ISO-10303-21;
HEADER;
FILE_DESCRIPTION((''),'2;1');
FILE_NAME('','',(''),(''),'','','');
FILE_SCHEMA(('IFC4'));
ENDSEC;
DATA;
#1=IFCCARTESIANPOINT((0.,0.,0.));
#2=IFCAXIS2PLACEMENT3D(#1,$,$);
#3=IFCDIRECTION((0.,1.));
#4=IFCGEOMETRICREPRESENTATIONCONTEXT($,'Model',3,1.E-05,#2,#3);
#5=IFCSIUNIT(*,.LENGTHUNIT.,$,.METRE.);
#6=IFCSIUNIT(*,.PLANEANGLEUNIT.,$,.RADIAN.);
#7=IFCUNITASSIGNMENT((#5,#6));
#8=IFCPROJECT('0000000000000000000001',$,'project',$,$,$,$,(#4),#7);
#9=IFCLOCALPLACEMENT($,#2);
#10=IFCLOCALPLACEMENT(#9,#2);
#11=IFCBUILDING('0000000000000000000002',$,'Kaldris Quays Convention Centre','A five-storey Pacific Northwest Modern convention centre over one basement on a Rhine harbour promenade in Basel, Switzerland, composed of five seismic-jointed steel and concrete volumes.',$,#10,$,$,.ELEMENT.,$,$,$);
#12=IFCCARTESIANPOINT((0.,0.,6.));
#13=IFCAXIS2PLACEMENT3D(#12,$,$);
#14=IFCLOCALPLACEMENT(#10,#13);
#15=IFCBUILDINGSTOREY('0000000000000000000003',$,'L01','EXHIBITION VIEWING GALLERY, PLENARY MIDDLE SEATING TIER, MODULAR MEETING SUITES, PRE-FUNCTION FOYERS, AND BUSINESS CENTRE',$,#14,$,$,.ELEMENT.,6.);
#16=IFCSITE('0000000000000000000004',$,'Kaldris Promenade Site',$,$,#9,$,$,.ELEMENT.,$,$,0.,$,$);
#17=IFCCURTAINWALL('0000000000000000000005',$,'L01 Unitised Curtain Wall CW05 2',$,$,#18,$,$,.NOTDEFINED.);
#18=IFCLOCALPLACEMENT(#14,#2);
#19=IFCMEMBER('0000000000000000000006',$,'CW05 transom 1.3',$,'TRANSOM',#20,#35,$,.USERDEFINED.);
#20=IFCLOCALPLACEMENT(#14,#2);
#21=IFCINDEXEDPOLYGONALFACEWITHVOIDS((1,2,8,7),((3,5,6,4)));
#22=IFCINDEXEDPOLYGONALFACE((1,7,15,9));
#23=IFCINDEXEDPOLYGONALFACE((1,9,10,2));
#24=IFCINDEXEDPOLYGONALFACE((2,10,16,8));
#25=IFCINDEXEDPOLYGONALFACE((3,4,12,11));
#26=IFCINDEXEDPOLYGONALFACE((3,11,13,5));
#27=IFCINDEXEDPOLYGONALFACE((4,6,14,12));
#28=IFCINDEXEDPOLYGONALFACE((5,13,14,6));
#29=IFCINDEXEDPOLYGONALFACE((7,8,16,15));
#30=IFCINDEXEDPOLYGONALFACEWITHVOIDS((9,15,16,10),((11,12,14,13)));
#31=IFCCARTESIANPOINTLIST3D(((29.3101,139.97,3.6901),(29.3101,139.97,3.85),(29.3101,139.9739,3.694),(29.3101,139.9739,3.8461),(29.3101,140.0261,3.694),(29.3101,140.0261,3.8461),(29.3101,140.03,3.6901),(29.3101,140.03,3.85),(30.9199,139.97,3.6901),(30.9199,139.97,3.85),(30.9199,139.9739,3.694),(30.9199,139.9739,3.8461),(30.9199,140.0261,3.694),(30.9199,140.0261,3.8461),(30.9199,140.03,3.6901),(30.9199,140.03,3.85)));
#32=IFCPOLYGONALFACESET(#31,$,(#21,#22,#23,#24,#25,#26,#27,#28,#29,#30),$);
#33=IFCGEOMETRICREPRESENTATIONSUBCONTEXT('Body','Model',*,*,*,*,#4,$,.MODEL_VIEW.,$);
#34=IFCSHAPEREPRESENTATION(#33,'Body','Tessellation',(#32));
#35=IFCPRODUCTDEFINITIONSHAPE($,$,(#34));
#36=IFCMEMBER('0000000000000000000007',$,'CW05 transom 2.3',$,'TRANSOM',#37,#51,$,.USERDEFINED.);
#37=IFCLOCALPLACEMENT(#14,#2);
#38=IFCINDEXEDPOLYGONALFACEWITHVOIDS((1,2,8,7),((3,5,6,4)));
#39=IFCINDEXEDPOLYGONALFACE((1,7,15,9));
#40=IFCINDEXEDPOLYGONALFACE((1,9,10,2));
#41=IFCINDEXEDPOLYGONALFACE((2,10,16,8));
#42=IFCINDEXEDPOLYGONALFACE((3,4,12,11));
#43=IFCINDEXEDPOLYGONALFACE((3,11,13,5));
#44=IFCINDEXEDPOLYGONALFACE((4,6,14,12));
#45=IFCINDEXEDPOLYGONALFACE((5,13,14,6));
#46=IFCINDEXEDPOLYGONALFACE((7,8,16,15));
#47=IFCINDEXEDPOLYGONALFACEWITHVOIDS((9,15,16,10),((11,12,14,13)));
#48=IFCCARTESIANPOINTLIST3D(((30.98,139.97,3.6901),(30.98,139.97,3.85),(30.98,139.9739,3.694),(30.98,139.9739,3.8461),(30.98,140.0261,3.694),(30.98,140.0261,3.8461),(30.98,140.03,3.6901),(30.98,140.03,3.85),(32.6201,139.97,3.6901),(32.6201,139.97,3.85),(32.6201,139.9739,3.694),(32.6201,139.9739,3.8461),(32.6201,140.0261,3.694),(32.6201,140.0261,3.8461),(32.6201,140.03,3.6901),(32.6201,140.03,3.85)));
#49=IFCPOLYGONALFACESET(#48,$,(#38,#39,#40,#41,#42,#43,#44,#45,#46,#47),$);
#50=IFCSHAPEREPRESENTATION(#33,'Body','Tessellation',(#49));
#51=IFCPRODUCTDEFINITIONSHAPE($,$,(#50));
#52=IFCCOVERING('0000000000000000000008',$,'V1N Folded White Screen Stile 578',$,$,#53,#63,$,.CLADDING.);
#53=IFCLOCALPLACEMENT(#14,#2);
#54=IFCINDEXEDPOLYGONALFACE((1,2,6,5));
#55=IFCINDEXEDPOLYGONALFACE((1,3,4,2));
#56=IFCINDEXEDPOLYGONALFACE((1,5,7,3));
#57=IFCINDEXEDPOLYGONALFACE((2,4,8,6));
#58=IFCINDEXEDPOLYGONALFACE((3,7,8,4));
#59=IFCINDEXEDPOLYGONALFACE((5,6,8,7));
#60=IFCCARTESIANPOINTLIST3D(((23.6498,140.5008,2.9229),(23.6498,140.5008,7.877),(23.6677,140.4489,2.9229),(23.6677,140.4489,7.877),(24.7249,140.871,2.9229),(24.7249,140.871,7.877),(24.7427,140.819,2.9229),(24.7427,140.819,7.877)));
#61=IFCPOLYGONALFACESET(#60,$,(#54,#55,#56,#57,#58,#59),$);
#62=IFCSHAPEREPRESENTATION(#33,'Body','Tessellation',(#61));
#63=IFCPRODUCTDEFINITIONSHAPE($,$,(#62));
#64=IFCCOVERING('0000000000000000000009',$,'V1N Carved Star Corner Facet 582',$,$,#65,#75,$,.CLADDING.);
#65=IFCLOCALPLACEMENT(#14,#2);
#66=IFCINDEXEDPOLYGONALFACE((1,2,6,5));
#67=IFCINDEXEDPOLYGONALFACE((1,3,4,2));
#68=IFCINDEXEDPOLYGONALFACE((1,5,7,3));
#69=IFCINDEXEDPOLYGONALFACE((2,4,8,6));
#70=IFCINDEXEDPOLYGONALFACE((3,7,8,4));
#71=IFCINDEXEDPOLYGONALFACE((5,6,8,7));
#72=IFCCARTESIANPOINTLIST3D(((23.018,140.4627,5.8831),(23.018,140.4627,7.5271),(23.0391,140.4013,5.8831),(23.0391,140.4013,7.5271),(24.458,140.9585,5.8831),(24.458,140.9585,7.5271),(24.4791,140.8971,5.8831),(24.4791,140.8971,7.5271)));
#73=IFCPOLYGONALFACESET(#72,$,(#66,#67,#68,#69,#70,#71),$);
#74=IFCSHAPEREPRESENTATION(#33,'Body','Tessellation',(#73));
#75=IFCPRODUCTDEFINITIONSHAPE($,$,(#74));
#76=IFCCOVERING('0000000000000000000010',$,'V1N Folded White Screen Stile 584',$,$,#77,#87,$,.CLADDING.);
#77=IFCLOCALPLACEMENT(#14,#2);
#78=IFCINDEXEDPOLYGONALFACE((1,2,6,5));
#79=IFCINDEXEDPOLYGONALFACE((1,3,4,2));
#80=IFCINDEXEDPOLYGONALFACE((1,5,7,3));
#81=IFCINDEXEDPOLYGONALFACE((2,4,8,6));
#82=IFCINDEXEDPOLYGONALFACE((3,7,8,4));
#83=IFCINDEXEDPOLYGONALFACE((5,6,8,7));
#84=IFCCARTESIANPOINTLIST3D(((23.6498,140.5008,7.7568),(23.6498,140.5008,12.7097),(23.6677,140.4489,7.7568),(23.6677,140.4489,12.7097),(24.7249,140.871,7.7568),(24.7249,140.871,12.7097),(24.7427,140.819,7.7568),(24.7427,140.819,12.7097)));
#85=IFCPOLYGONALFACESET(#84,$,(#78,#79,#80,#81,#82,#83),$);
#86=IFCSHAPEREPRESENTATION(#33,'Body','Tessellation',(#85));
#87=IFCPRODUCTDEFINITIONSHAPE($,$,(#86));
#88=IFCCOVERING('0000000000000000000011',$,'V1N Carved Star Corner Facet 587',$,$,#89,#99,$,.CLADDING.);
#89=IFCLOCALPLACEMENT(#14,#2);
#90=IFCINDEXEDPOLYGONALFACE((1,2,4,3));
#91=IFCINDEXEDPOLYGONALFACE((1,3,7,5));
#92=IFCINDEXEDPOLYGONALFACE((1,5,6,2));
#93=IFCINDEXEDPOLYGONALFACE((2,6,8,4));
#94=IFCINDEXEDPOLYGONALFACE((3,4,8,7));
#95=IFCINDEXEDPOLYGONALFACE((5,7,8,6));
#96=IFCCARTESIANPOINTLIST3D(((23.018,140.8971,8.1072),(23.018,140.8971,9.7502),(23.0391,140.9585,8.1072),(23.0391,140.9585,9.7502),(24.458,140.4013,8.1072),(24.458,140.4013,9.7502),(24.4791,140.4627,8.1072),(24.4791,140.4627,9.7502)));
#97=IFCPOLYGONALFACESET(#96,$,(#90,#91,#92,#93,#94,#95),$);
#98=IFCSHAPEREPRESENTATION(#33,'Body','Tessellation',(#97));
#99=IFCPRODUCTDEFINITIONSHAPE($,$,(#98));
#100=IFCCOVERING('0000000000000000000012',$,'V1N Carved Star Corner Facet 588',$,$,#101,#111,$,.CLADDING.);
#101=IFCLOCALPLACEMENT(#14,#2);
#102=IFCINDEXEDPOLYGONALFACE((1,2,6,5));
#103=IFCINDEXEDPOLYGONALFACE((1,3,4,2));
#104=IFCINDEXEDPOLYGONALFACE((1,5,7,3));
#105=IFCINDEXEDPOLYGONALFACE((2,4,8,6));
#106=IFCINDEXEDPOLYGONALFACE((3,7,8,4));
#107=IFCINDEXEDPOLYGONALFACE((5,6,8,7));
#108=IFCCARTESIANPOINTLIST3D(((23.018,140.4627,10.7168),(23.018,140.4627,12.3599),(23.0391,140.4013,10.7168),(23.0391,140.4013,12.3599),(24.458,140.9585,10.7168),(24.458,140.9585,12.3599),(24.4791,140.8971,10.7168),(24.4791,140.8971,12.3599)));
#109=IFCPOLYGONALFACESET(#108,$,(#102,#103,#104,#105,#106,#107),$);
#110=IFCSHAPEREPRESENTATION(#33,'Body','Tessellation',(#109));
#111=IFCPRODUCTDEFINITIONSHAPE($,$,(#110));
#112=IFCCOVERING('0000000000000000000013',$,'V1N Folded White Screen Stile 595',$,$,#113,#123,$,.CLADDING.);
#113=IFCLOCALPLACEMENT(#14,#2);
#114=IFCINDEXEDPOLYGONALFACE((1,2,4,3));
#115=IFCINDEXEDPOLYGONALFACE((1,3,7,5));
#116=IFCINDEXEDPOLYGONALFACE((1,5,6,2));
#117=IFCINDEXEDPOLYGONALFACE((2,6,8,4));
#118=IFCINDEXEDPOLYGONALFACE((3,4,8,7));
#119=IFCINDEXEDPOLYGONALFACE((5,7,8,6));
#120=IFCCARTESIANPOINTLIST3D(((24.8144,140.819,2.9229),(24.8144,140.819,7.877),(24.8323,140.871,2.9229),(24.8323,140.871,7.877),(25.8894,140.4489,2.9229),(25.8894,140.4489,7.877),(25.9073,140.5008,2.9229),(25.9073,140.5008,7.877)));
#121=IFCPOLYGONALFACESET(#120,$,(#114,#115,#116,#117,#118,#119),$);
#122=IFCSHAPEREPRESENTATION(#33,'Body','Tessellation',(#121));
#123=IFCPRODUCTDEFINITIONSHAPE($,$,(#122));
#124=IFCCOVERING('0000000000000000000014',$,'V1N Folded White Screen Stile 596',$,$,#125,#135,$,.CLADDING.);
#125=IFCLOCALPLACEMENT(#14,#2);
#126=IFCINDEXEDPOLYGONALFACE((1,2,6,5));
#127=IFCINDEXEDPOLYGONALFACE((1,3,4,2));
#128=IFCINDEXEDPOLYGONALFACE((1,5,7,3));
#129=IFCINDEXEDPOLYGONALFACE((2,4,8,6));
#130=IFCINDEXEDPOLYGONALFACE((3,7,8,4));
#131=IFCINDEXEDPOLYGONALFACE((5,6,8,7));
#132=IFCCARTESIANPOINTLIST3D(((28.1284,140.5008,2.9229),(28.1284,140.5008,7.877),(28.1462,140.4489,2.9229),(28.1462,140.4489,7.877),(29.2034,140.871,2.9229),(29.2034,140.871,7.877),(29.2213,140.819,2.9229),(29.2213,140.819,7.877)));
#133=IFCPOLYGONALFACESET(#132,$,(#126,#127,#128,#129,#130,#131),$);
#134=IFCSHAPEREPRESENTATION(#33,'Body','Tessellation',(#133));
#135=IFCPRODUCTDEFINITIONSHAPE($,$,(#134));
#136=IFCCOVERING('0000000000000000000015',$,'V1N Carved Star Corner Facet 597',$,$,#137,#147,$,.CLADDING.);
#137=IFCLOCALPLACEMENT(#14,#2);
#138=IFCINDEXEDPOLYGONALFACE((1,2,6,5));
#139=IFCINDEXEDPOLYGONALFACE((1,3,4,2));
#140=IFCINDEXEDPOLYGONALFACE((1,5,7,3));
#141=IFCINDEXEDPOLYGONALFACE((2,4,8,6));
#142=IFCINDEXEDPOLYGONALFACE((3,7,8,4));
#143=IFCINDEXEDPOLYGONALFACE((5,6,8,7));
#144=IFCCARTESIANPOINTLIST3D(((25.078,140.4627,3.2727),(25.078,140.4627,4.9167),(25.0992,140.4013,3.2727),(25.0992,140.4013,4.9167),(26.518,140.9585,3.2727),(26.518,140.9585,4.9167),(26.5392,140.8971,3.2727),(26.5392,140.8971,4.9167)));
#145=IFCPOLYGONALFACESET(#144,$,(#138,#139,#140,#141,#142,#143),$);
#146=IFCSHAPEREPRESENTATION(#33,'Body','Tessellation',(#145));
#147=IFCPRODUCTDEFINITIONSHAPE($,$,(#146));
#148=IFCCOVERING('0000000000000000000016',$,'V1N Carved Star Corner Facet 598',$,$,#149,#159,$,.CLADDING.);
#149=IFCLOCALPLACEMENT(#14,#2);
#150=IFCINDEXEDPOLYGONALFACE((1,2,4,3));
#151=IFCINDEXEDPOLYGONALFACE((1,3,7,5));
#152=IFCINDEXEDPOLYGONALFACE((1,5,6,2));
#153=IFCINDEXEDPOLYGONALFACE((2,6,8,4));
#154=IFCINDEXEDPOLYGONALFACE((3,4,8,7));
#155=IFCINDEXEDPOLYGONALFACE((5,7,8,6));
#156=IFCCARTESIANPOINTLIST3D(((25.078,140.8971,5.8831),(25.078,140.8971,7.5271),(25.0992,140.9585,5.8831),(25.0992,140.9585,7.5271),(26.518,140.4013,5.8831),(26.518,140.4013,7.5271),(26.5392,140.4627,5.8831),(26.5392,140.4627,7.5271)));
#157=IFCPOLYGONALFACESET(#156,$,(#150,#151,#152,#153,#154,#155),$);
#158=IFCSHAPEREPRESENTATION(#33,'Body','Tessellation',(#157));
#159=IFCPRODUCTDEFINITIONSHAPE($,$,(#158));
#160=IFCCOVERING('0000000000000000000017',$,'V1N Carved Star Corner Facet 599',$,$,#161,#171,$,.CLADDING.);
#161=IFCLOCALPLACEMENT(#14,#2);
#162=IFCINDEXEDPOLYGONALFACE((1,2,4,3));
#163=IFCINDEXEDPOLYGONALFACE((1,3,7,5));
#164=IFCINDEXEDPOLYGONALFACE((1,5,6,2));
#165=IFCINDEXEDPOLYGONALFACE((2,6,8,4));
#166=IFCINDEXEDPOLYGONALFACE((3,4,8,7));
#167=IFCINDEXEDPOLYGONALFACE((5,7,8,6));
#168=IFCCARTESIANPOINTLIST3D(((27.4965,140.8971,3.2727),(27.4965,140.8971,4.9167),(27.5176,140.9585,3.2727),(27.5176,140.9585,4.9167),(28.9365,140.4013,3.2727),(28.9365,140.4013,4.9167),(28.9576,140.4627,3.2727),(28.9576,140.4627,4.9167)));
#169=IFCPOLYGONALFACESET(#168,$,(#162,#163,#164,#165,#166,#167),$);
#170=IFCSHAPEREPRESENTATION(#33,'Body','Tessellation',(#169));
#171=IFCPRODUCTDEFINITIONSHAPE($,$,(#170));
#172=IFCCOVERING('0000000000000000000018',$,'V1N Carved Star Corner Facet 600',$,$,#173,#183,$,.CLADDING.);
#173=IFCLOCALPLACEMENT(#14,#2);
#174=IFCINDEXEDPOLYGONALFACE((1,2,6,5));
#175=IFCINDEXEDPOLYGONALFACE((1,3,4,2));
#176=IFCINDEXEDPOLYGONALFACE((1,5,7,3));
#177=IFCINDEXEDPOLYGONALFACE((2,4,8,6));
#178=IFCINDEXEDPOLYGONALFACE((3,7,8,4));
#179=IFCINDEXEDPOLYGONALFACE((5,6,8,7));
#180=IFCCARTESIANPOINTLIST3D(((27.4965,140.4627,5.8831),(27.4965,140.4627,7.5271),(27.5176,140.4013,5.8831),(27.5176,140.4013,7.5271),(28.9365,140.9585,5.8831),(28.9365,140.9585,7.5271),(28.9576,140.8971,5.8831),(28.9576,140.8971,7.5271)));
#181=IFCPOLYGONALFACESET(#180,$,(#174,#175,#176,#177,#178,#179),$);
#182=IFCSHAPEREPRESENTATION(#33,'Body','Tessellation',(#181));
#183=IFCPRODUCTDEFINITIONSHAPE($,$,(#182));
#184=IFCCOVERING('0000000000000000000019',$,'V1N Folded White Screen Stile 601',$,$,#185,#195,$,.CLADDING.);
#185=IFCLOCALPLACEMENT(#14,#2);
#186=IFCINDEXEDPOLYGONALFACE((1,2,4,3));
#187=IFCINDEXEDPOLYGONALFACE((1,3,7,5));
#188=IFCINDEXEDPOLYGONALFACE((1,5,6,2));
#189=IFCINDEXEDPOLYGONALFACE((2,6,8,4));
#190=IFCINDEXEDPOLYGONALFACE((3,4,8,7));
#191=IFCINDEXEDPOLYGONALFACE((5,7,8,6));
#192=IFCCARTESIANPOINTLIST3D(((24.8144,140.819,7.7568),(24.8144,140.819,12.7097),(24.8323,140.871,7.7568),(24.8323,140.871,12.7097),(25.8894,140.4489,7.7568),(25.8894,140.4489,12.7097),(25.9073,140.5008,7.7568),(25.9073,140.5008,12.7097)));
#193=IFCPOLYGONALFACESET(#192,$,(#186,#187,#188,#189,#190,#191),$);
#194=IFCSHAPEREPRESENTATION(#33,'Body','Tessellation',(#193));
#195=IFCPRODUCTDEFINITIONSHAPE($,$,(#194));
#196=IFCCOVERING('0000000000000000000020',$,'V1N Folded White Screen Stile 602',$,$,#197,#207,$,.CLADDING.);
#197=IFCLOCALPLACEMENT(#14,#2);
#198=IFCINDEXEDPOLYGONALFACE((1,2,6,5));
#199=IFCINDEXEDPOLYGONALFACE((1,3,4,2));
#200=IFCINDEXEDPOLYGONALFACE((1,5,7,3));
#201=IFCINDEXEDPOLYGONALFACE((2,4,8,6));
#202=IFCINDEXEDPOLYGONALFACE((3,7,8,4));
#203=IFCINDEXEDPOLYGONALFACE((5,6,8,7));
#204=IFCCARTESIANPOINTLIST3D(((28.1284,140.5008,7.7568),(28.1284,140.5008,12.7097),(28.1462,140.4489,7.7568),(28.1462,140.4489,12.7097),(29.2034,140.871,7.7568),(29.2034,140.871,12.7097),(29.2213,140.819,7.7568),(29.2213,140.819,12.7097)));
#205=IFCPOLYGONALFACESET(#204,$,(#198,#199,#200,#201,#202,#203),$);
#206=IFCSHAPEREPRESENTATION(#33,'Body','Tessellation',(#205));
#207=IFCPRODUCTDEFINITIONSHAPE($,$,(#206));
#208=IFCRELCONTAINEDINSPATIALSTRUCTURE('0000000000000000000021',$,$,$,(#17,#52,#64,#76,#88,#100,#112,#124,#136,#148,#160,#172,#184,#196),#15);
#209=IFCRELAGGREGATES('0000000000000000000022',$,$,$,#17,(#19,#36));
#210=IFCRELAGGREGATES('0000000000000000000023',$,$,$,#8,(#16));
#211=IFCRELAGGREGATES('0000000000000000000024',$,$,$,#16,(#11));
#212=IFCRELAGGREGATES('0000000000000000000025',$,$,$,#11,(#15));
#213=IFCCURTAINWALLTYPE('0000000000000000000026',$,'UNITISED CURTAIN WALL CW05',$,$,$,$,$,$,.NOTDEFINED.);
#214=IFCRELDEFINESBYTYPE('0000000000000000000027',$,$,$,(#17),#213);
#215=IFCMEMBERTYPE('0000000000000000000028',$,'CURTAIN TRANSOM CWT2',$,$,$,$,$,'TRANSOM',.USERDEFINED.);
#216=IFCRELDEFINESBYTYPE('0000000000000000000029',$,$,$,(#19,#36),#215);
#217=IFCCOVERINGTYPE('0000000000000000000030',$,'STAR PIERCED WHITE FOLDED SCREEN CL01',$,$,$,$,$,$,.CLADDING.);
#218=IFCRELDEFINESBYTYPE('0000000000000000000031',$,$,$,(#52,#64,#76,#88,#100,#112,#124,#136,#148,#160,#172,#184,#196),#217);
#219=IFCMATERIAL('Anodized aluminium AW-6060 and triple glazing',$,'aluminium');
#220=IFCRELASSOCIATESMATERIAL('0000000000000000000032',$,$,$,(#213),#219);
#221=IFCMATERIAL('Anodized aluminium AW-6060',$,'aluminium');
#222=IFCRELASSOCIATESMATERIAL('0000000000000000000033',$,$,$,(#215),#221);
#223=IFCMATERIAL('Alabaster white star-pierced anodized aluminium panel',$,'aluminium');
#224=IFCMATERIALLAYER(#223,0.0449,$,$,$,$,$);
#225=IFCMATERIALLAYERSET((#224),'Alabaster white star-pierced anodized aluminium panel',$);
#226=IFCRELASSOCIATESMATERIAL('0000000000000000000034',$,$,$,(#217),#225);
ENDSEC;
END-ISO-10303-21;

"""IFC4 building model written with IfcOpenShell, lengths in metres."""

from ifc_helpers import new_model, si_unit, direction, frame, origin, origin_2d, place, context, subcontext, project, spatial, rectangle, hollow_rectangle, extrude, material, layer, layer_set, material_profile, profile_set, type_object, element, aggregate, save


model = new_model("IFC4")

# Units and contexts
model_context = context("Model", 3, precision=1e-05, world=origin(), true_north=direction((0.0, 1.0)))
body_context = subcontext(model_context, "Body", "Model", "MODEL_VIEW")
ifc_project = project(units=[si_unit("LENGTHUNIT", "METRE"), si_unit("PLANEANGLEUNIT", "RADIAN")], contexts=[model_context])

# Site, building, storey
site_placement = place(None, origin())
site = spatial("IfcSite", under=ifc_project, at=site_placement, Name="Kaldris Promenade Site", CompositionType="ELEMENT", RefElevation=0.0)
building_placement = place(site_placement, origin())
building = spatial("IfcBuilding", under=site, at=building_placement, Name="Kaldris Quays Convention Centre", Description="A five-storey Pacific Northwest Modern convention centre over one basement on a Rhine harbour promenade in Basel, Switzerland, composed of five seismic-jointed steel and concrete volumes.", CompositionType="ELEMENT")
storey_placement = place(building_placement, frame((0.0, 0.0, 6.0)))
storey = spatial("IfcBuildingStorey", under=building, at=storey_placement, Name="L01", Description="EXHIBITION VIEWING GALLERY, PLENARY MIDDLE SEATING TIER, MODULAR MEETING SUITES, PRE-FUNCTION FOYERS, AND BUSINESS CENTRE", CompositionType="ELEMENT", Elevation=6.0)

# Curtain wall, members
ifc_material_1 = material(Name="Anodized aluminium AW-6060 and triple glazing", Category="aluminium")
curtain_wall_type = type_object("IfcCurtainWallType", Name="UNITISED CURTAIN WALL CW05", PredefinedType="NOTDEFINED", material=ifc_material_1)
curtain_wall_placement = place(storey_placement, origin())
curtain_wall = element("IfcCurtainWall", 1, at=curtain_wall_placement, inside=storey, type_object=curtain_wall_type, Name="L01 Unitised Curtain Wall CW05 2", PredefinedType="NOTDEFINED")
ifc_material_2 = material(Name="Anodized aluminium AW-6060", Category="aluminium")
ifc_material_profile = material_profile(ifc_material_2, hollow_rectangle(XDim=0.0601, YDim=0.1599, WallThickness=0.0039, at=origin_2d()), Name="RHS 160x60x4")
ifc_profile_set = profile_set([ifc_material_profile], Name="Anodized aluminium AW-6060")
member_type = type_object("IfcMemberType", Name="CURTAIN TRANSOM CWT2", ElementType="TRANSOM", PredefinedType="USERDEFINED", material=ifc_profile_set)
member_1_placement = place(storey_placement, frame((29.3101, 140.0, 3.77), z_axis=(1.0, 0.0, 0.0), x_axis=(0.0, 1.0, 0.0)))
member_1 = element("IfcMember", 2, at=member_1_placement, type_object=member_type, Name="CW05 transom 1.3", ObjectType="TRANSOM", PredefinedType="USERDEFINED", context=body_context, shape_type="SweptSolid", body=[
    extrude(hollow_rectangle(XDim=0.0601, YDim=0.1599, WallThickness=0.0039, at=origin_2d()), origin(), (0.0, 0.0, 1.0), 1.6099),
])
member_2_placement = place(storey_placement, frame((30.98, 140.0, 3.77), z_axis=(1.0, 0.0, 0.0), x_axis=(0.0, 1.0, 0.0)))
member_2 = element("IfcMember", 3, at=member_2_placement, type_object=member_type, Name="CW05 transom 2.3", ObjectType="TRANSOM", PredefinedType="USERDEFINED", context=body_context, shape_type="SweptSolid", body=[
    extrude(hollow_rectangle(XDim=0.0601, YDim=0.1599, WallThickness=0.0039, at=origin_2d()), origin(), (0.0, 0.0, 1.0), 1.6401),
])
aggregate(curtain_wall, [member_1, member_2])

# Coverings
ifc_material_3 = material(Name="Alabaster white star-pierced anodized aluminium panel", Category="aluminium")
ifc_layer = layer(ifc_material_3, 0.0449)
ifc_layer_set = layer_set([ifc_layer], Name="Alabaster white star-pierced anodized aluminium panel")
covering_type = type_object("IfcCoveringType", Name="STAR PIERCED WHITE FOLDED SCREEN CL01", PredefinedType="CLADDING", material=ifc_layer_set)
covering_1_placement = place(storey_placement, frame((24.1963, 140.6599, 2.9229), z_axis=(0.0, 0.0, 1.0), x_axis=(0.945519, 0.325568, 0.0)))
element("IfcCovering", 4, at=covering_1_placement, inside=storey, type_object=covering_type, Name="V1N Folded White Screen Stile 578", PredefinedType="CLADDING", context=body_context, shape_type="SweptSolid", body=[
    extrude(rectangle(XDim=1.137, YDim=0.0549, at=origin_2d()), origin(), (0.0, 0.0, 1.0), 4.9541),
])
covering_2_placement = place(storey_placement, frame((23.7485, 140.6799, 5.8831), z_axis=(0.0, 0.0, 1.0), x_axis=(0.945519, 0.325568, 0.0)))
element("IfcCovering", 5, at=covering_2_placement, inside=storey, type_object=covering_type, Name="V1N Carved Star Corner Facet 582", PredefinedType="CLADDING", context=body_context, shape_type="SweptSolid", body=[
    extrude(rectangle(XDim=1.5229, YDim=0.0649, at=origin_2d()), origin(), (0.0, 0.0, 1.0), 1.644),
])
covering_3_placement = place(storey_placement, frame((24.1963, 140.6599, 7.7568), z_axis=(0.0, 0.0, 1.0), x_axis=(0.945519, 0.325568, 0.0)))
element("IfcCovering", 6, at=covering_3_placement, inside=storey, type_object=covering_type, Name="V1N Folded White Screen Stile 584", PredefinedType="CLADDING", context=body_context, shape_type="SweptSolid", body=[
    extrude(rectangle(XDim=1.137, YDim=0.0549, at=origin_2d()), origin(), (0.0, 0.0, 1.0), 4.9529),
])
for number, where, z_axis, x_axis, name in (
    (7, (23.7485, 140.6799, 8.1072), (0.0, 0.0, 1.0), (0.945519, -0.325568, 0.0), "V1N Carved Star Corner Facet 587"),
    (8, (23.7485, 140.6799, 10.7168), (0.0, 0.0, 1.0), (0.945519, 0.325568, 0.0), "V1N Carved Star Corner Facet 588"),
):
    element("IfcCovering", number, at=place(storey_placement, frame(where, z_axis=z_axis, x_axis=x_axis)), inside=storey, type_object=covering_type, Name=name, PredefinedType="CLADDING", context=body_context, shape_type="SweptSolid", body=[
        extrude(rectangle(XDim=1.5229, YDim=0.0649, at=origin_2d()), origin(), (0.0, 0.0, 1.0), 1.6431),
    ])
for number, where, z_axis, x_axis, name in (
    (9, (25.3608, 140.6599, 2.9229), (0.0, 0.0, 1.0), (0.945519, -0.325568, 0.0), "V1N Folded White Screen Stile 595"),
    (10, (28.6748, 140.6599, 2.9229), (0.0, 0.0, 1.0), (0.945519, 0.325568, 0.0), "V1N Folded White Screen Stile 596"),
):
    element("IfcCovering", number, at=place(storey_placement, frame(where, z_axis=z_axis, x_axis=x_axis)), inside=storey, type_object=covering_type, Name=name, PredefinedType="CLADDING", context=body_context, shape_type="SweptSolid", body=[
        extrude(rectangle(XDim=1.137, YDim=0.0549, at=origin_2d()), origin(), (0.0, 0.0, 1.0), 4.9541),
    ])
for number, where, z_axis, x_axis, name in (
    (11, (25.8086, 140.6799, 3.2727), (0.0, 0.0, 1.0), (0.945519, 0.325568, 0.0), "V1N Carved Star Corner Facet 597"),
    (12, (25.8086, 140.6799, 5.8831), (0.0, 0.0, 1.0), (0.945519, -0.325568, 0.0), "V1N Carved Star Corner Facet 598"),
    (13, (28.2271, 140.6799, 3.2727), (0.0, 0.0, 1.0), (0.945519, -0.325568, 0.0), "V1N Carved Star Corner Facet 599"),
    (14, (28.2271, 140.6799, 5.8831), (0.0, 0.0, 1.0), (0.945519, 0.325568, 0.0), "V1N Carved Star Corner Facet 600"),
):
    element("IfcCovering", number, at=place(storey_placement, frame(where, z_axis=z_axis, x_axis=x_axis)), inside=storey, type_object=covering_type, Name=name, PredefinedType="CLADDING", context=body_context, shape_type="SweptSolid", body=[
        extrude(rectangle(XDim=1.5229, YDim=0.0649, at=origin_2d()), origin(), (0.0, 0.0, 1.0), 1.644),
    ])
for number, where, z_axis, x_axis, name in (
    (15, (25.3608, 140.6599, 7.7568), (0.0, 0.0, 1.0), (0.945519, -0.325568, 0.0), "V1N Folded White Screen Stile 601"),
    (16, (28.6748, 140.6599, 7.7568), (0.0, 0.0, 1.0), (0.945519, 0.325568, 0.0), "V1N Folded White Screen Stile 602"),
):
    element("IfcCovering", number, at=place(storey_placement, frame(where, z_axis=z_axis, x_axis=x_axis)), inside=storey, type_object=covering_type, Name=name, PredefinedType="CLADDING", context=body_context, shape_type="SweptSolid", body=[
        extrude(rectangle(XDim=1.137, YDim=0.0549, at=origin_2d()), origin(), (0.0, 0.0, 1.0), 4.9529),
    ])

save(model, "model.ifc")
